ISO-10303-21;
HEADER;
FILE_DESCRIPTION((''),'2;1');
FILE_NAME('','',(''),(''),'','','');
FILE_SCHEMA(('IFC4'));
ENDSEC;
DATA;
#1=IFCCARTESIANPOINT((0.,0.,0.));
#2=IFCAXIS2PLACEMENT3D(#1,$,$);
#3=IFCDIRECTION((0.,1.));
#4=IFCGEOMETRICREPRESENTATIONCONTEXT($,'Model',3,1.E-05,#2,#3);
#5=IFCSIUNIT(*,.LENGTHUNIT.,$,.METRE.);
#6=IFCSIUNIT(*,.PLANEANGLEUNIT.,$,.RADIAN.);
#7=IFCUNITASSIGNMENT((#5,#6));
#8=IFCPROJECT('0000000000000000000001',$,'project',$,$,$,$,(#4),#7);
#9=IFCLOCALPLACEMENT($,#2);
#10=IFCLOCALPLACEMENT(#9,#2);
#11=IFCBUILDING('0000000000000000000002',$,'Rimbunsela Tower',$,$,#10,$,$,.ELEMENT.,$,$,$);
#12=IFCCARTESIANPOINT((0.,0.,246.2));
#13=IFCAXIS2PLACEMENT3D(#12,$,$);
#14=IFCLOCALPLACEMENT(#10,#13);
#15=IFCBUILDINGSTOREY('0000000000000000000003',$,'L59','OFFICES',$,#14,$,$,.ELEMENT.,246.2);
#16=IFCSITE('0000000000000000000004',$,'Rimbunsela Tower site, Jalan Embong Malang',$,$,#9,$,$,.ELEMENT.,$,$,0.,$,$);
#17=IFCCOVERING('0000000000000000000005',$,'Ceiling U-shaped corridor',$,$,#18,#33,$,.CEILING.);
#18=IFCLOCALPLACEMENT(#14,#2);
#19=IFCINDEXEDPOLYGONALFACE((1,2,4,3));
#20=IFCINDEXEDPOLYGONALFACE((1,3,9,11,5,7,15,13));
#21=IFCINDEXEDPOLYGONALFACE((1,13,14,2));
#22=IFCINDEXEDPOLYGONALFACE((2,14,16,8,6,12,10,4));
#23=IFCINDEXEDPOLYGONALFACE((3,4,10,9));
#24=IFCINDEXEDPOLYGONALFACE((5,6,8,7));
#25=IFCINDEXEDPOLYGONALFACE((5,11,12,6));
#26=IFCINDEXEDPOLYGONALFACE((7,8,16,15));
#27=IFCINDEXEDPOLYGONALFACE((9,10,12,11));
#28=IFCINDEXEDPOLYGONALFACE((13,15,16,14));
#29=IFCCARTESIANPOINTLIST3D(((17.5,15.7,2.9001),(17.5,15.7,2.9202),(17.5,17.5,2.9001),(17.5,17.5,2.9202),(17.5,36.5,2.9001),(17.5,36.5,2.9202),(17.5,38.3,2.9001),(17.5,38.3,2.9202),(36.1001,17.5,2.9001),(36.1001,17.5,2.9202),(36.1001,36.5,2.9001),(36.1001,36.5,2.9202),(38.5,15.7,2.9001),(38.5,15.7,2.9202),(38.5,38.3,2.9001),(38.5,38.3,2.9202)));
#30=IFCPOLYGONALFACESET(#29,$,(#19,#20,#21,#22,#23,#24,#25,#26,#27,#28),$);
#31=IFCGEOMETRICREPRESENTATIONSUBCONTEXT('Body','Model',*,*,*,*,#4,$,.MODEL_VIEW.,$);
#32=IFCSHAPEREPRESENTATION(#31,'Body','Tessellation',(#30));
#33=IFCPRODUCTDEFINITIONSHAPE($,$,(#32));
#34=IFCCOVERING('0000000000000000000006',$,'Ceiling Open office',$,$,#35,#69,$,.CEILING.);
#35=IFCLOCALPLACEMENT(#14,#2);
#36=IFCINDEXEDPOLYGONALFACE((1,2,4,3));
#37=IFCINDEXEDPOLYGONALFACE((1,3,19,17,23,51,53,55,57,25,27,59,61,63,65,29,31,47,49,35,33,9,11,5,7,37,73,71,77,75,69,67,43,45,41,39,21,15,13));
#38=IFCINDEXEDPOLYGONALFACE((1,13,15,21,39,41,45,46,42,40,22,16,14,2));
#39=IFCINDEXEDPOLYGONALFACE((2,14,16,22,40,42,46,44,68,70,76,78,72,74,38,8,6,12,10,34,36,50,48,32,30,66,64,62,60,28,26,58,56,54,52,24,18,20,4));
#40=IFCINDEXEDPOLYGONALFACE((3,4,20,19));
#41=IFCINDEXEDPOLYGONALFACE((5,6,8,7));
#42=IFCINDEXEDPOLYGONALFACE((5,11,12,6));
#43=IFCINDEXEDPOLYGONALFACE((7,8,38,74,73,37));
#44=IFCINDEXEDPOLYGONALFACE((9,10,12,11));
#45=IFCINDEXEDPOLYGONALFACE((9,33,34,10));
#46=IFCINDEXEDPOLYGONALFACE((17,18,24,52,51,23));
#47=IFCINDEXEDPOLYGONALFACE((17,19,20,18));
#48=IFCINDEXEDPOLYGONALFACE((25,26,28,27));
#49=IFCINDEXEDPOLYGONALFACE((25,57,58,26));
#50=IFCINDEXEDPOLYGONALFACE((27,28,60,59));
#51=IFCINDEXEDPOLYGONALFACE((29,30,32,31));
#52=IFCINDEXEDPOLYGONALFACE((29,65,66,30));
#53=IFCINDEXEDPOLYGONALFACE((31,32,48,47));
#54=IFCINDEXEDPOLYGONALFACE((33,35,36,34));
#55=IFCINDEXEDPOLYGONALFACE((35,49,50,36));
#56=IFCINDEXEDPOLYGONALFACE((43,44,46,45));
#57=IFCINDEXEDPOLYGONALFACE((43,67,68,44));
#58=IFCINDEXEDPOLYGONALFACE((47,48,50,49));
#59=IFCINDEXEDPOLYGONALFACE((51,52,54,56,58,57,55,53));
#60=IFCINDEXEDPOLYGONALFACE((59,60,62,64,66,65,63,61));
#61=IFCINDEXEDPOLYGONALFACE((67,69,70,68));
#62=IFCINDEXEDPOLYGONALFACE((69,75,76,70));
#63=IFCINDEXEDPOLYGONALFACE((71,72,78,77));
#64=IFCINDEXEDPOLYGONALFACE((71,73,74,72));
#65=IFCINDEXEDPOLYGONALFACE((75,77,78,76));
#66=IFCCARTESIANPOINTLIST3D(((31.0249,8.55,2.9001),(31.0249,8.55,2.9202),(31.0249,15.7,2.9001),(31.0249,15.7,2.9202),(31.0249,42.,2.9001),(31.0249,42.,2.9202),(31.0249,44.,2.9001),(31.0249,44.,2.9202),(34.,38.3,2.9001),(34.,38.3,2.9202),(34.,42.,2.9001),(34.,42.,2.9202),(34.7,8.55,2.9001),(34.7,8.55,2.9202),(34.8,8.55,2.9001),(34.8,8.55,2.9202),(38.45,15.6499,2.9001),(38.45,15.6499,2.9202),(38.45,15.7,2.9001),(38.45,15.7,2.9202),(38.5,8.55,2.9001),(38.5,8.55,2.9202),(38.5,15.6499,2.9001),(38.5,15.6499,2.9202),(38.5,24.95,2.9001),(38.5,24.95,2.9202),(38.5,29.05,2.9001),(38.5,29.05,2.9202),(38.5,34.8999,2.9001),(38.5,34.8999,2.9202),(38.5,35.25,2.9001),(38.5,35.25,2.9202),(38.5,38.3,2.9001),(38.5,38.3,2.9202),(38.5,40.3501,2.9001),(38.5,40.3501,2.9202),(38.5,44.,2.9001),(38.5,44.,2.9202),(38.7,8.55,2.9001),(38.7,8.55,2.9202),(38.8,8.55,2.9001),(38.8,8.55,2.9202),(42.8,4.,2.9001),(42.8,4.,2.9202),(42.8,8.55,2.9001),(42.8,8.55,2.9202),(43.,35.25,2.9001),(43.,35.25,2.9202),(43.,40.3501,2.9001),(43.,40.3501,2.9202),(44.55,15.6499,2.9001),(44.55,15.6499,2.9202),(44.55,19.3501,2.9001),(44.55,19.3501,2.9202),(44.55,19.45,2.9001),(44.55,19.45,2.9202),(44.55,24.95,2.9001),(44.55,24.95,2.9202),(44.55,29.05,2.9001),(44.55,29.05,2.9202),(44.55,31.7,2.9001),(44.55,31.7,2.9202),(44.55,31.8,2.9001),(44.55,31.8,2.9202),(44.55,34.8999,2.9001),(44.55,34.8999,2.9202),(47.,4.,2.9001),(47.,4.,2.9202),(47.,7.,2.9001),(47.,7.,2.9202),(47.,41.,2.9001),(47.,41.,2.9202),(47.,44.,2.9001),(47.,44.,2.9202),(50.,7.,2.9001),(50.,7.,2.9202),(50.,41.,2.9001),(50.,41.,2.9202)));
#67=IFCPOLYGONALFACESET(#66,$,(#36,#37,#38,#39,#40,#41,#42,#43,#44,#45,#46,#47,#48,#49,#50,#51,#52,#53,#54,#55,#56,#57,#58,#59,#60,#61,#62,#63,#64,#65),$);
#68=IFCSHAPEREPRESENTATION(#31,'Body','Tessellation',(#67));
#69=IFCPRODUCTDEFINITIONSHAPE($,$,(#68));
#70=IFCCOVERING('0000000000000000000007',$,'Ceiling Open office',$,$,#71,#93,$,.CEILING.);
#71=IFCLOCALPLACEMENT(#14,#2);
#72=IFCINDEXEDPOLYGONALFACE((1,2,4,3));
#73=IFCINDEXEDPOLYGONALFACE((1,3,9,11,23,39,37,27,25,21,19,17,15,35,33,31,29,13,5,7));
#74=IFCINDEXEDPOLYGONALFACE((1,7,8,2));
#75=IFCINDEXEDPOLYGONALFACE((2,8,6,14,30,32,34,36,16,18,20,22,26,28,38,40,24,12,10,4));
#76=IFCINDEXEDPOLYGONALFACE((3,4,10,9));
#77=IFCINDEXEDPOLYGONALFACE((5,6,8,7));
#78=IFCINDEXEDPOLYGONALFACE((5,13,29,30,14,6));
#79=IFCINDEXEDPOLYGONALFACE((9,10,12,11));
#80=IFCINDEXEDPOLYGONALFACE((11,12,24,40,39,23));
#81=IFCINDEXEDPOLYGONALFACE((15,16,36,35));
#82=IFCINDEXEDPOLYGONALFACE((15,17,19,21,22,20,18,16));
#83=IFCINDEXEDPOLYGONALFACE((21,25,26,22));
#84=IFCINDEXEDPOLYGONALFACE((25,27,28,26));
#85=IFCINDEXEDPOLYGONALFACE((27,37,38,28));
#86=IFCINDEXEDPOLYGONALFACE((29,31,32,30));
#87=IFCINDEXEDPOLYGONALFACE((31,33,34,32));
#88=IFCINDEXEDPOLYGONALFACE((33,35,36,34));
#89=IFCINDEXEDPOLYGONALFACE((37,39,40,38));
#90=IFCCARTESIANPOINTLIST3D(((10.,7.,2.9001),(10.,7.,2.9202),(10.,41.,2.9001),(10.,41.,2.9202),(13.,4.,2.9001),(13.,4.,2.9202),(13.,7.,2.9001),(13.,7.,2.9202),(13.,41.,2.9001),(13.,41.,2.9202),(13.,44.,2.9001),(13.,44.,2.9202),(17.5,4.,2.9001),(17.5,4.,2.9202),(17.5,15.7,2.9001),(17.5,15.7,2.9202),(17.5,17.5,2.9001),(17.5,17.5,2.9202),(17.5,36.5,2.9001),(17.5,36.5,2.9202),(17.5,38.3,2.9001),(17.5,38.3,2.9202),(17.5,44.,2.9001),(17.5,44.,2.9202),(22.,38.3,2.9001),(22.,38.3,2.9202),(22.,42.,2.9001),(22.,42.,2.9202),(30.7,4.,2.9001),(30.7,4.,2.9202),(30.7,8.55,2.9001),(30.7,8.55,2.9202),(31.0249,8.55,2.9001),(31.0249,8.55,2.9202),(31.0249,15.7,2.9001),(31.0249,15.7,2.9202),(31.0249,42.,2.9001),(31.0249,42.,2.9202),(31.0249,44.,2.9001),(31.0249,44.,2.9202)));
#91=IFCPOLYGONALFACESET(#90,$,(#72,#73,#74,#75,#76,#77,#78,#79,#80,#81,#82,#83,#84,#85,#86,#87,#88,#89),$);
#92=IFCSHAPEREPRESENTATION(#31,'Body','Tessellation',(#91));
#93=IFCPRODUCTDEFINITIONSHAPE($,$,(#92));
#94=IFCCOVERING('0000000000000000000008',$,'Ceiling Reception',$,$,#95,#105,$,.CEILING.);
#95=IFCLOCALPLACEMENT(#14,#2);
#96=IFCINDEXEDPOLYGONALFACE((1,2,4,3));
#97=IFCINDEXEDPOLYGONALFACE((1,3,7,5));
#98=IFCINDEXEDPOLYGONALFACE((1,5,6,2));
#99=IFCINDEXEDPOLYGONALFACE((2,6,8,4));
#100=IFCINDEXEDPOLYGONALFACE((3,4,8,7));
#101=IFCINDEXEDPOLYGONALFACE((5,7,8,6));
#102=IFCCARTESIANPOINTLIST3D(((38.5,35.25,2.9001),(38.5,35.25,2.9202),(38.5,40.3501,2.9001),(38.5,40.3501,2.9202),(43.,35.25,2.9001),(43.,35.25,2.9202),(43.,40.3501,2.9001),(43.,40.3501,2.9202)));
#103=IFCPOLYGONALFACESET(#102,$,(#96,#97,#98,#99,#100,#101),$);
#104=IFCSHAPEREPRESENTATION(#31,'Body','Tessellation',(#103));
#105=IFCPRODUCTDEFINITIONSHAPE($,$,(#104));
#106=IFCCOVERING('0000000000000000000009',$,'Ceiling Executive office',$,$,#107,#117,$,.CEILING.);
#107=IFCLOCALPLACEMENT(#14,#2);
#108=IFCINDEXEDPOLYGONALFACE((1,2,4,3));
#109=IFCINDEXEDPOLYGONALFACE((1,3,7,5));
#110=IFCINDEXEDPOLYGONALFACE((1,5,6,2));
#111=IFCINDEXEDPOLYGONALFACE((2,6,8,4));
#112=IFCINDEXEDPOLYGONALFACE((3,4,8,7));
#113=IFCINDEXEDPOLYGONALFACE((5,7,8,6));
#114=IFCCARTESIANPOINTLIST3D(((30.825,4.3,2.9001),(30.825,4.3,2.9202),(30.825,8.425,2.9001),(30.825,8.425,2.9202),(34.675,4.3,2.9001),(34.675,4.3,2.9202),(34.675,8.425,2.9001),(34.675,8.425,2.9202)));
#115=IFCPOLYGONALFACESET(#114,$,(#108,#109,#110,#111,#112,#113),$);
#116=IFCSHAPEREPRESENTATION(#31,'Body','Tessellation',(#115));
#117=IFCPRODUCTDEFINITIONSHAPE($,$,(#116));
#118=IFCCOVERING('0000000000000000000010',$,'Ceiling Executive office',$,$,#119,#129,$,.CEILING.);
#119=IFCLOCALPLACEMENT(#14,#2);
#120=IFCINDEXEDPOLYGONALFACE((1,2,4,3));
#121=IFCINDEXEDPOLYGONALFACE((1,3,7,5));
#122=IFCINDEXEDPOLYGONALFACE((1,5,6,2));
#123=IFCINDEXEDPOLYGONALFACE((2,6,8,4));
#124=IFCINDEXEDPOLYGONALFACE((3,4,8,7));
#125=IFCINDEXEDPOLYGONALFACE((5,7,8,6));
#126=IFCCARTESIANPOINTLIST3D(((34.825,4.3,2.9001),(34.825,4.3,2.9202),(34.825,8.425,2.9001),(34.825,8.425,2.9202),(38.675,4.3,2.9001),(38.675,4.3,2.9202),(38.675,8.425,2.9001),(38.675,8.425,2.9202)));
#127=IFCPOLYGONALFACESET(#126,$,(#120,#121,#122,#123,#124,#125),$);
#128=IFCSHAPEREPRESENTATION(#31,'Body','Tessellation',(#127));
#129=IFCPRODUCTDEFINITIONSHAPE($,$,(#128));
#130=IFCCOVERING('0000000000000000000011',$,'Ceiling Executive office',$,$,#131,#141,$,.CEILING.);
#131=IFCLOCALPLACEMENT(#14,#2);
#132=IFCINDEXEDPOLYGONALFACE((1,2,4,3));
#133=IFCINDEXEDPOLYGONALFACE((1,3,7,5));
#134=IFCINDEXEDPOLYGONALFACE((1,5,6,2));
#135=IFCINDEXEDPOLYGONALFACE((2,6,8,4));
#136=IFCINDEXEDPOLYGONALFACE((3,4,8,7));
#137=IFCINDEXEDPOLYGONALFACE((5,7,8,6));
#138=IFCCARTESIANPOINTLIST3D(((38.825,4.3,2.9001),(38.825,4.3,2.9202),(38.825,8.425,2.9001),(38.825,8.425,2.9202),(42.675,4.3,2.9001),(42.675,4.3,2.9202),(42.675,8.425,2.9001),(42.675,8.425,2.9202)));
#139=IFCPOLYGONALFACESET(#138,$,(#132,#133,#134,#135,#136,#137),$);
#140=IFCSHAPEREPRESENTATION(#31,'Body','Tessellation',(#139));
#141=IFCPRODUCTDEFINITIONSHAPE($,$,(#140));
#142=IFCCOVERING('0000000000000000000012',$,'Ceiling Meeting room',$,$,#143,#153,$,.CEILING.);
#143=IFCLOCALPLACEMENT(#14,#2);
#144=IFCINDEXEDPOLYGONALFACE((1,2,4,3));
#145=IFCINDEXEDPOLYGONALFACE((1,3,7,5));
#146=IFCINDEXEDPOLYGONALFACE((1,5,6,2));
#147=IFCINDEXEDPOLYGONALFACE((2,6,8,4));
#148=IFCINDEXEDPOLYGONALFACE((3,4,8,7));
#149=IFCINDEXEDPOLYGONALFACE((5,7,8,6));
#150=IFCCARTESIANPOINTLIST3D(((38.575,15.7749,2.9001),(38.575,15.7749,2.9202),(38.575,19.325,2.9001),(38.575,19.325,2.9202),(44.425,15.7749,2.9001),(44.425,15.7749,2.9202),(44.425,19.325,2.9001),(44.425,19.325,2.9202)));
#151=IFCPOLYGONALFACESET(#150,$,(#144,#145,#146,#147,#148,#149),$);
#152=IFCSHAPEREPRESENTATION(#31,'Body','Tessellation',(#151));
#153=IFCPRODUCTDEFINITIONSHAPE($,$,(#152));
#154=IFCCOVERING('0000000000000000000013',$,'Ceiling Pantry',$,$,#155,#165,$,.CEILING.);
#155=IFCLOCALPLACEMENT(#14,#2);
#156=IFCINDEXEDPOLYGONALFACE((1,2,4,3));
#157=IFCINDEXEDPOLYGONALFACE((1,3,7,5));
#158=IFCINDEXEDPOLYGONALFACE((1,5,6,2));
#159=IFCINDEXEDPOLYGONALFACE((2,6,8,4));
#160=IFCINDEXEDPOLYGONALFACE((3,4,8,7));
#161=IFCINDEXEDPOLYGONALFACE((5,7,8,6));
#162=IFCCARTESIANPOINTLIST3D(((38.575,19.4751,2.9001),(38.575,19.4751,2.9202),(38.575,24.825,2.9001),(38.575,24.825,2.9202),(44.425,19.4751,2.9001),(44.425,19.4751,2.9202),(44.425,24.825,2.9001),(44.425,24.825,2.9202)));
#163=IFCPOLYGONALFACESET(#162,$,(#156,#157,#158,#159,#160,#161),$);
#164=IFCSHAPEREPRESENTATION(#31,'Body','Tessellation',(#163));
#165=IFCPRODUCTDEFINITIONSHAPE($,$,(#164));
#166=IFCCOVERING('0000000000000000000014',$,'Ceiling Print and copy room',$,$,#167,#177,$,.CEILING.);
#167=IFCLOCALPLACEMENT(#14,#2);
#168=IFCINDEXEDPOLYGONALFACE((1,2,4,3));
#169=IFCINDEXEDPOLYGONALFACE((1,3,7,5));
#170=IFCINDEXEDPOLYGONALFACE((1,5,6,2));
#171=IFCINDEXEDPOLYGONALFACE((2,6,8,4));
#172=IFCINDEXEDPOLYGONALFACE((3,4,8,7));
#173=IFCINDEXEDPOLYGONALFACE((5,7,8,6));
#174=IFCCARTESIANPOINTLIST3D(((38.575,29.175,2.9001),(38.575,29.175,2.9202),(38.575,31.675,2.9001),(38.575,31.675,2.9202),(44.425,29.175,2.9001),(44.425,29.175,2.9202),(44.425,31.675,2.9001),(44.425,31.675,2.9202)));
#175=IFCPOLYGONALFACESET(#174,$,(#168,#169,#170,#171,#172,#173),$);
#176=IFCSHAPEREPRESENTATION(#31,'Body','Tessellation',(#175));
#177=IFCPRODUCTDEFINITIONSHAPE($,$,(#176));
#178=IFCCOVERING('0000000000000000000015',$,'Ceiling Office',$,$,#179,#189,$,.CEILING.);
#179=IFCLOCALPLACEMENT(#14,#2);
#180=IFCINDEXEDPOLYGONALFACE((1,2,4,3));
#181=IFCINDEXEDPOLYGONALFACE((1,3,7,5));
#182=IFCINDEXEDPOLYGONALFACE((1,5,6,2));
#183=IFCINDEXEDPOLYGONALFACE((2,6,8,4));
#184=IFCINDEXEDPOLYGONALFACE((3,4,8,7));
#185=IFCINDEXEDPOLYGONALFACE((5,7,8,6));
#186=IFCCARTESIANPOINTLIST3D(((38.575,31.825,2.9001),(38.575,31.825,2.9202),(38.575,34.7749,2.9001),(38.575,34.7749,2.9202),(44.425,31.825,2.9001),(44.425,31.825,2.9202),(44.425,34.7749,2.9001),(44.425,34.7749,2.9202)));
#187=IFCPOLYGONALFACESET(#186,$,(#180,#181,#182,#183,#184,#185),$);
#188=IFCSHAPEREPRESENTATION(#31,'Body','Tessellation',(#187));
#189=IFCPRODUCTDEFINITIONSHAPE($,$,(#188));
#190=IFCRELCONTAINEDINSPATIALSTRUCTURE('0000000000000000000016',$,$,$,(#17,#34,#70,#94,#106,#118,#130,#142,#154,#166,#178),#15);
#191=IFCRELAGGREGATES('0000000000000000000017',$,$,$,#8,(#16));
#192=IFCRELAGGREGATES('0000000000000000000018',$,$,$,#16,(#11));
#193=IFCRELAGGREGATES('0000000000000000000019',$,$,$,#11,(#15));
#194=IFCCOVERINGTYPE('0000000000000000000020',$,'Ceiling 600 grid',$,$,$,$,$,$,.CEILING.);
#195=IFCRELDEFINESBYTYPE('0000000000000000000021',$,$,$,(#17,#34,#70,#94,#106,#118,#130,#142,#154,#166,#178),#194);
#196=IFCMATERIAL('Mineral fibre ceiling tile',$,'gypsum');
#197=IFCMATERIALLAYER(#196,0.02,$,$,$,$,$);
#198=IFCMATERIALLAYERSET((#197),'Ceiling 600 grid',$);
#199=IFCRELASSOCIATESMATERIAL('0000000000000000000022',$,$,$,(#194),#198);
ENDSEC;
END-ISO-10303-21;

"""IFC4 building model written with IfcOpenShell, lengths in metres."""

from ifc_helpers import new_model, si_unit, direction, frame, origin, place, context, subcontext, project, spatial, polyline, outline, extrude, material, layer, layer_set, type_object, element, save


model = new_model("IFC4")

# Units and contexts
model_context = context("Model", 3, precision=1e-05, world=origin(), true_north=direction((0.0, 1.0)))
body_context = subcontext(model_context, "Body", "Model", "MODEL_VIEW")
ifc_project = project(units=[si_unit("LENGTHUNIT", "METRE"), si_unit("PLANEANGLEUNIT", "RADIAN")], contexts=[model_context])

# Site, building, storey
site_placement = place(None, origin())
site = spatial("IfcSite", under=ifc_project, at=site_placement, Name="Rimbunsela Tower site, Jalan Embong Malang", CompositionType="ELEMENT", RefElevation=0.0)
building_placement = place(site_placement, origin())
building = spatial("IfcBuilding", under=site, at=building_placement, Name="Rimbunsela Tower", CompositionType="ELEMENT")
storey_placement = place(building_placement, frame((0.0, 0.0, 246.2)))
storey = spatial("IfcBuildingStorey", under=building, at=storey_placement, Name="L59", Description="OFFICES", CompositionType="ELEMENT", Elevation=246.2)

# Coverings
ifc_material_1 = material(Name="Mineral fibre ceiling tile", Category="gypsum")
ifc_layer_1 = layer(ifc_material_1, 0.02)
ifc_layer_set_1 = layer_set([ifc_layer_1], Name="Ceiling 600 grid")
covering_type_1 = type_object("IfcCoveringType", Name="Ceiling 600 grid", PredefinedType="CEILING", material=ifc_layer_set_1)
covering_1_placement = place(storey_placement, frame((0.0, 0.0, 2.9001)))
element("IfcCovering", 1, at=covering_1_placement, inside=storey, type_object=covering_type_1, Name="Ceiling U-shaped corridor", PredefinedType="CEILING", context=body_context, shape_type="SweptSolid", body=[
    extrude(outline(polyline([(38.5, 38.3), (38.5, 15.7), (17.5, 15.7), (17.5, 17.5), (36.1001, 17.5), (36.1001, 36.5), (17.5, 36.5), (17.5, 38.3), (38.5, 38.3)])), origin(), (0.0, 0.0, 1.0), 0.02),
])
covering_2_placement = place(storey_placement, frame((0.0, 0.0, 2.9001)))
element("IfcCovering", 2, at=covering_2_placement, inside=storey, type_object=covering_type_1, Name="Ceiling Open office", PredefinedType="CEILING", context=body_context, shape_type="SweptSolid", body=[
    extrude(outline(polyline([(31.0249, 44.0), (38.5, 44.0), (47.0, 44.0), (47.0, 41.0), (50.0, 41.0), (50.0, 7.0), (47.0, 7.0), (47.0, 4.0), (42.8, 4.0), (42.8, 8.55), (38.8, 8.55), (38.7, 8.55), (38.5, 8.55), (34.8, 8.55), (34.7, 8.55), (31.0249, 8.55), (31.0249, 15.7), (38.45, 15.7), (38.45, 15.6499), (38.5, 15.6499), (44.55, 15.6499), (44.55, 19.3501), (44.55, 19.45), (44.55, 24.95), (38.5, 24.95), (38.5, 29.05), (44.55, 29.05), (44.55, 31.7), (44.55, 31.8), (44.55, 34.8999), (38.5, 34.8999), (38.5, 35.25), (43.0, 35.25), (43.0, 40.3501), (38.5, 40.3501), (38.5, 38.3), (34.0, 38.3), (34.0, 42.0), (31.0249, 42.0), (31.0249, 44.0)])), origin(), (0.0, 0.0, 1.0), 0.02),
])
covering_3_placement = place(storey_placement, frame((0.0, 0.0, 2.9001)))
element("IfcCovering", 3, at=covering_3_placement, inside=storey, type_object=covering_type_1, Name="Ceiling Open office", PredefinedType="CEILING", context=body_context, shape_type="SweptSolid", body=[
    extrude(outline(polyline([(30.7, 4.0), (17.5, 4.0), (13.0, 4.0), (13.0, 7.0), (10.0, 7.0), (10.0, 41.0), (13.0, 41.0), (13.0, 44.0), (17.5, 44.0), (31.0249, 44.0), (31.0249, 42.0), (22.0, 42.0), (22.0, 38.3), (17.5, 38.3), (17.5, 36.5), (17.5, 17.5), (17.5, 15.7), (31.0249, 15.7), (31.0249, 8.55), (30.7, 8.55), (30.7, 4.0)])), origin(), (0.0, 0.0, 1.0), 0.02),
])
covering_4_placement = place(storey_placement, frame((0.0, 0.0, 2.9001)))
element("IfcCovering", 4, at=covering_4_placement, inside=storey, type_object=covering_type_1, Name="Ceiling Reception", PredefinedType="CEILING", context=body_context, shape_type="SweptSolid", body=[
    extrude(outline(polyline([(43.0, 35.25), (43.0, 40.3501), (38.5, 40.3501), (38.5, 35.25), (43.0, 35.25)])), origin(), (0.0, 0.0, 1.0), 0.02),
])
covering_5_placement = place(storey_placement, frame((0.0, 0.0, 2.9001)))
element("IfcCovering", 5, at=covering_5_placement, inside=storey, type_object=covering_type_1, Name="Ceiling Executive office", PredefinedType="CEILING", context=body_context, shape_type="SweptSolid", body=[
    extrude(outline(polyline([(34.675, 4.3), (34.675, 8.425), (30.825, 8.425), (30.825, 4.3), (34.675, 4.3)])), origin(), (0.0, 0.0, 1.0), 0.02),
])
covering_6_placement = place(storey_placement, frame((0.0, 0.0, 2.9001)))
element("IfcCovering", 6, at=covering_6_placement, inside=storey, type_object=covering_type_1, Name="Ceiling Executive office", PredefinedType="CEILING", context=body_context, shape_type="SweptSolid", body=[
    extrude(outline(polyline([(38.675, 4.3), (38.675, 8.425), (34.825, 8.425), (34.825, 4.3), (38.675, 4.3)])), origin(), (0.0, 0.0, 1.0), 0.02),
])
covering_7_placement = place(storey_placement, frame((0.0, 0.0, 2.9001)))
element("IfcCovering", 7, at=covering_7_placement, inside=storey, type_object=covering_type_1, Name="Ceiling Executive office", PredefinedType="CEILING", context=body_context, shape_type="SweptSolid", body=[
    extrude(outline(polyline([(42.675, 4.3), (42.675, 8.425), (38.825, 8.425), (38.825, 4.3), (42.675, 4.3)])), origin(), (0.0, 0.0, 1.0), 0.02),
])
covering_8_placement = place(storey_placement, frame((0.0, 0.0, 2.9001)))
element("IfcCovering", 8, at=covering_8_placement, inside=storey, type_object=covering_type_1, Name="Ceiling Meeting room", PredefinedType="CEILING", context=body_context, shape_type="SweptSolid", body=[
    extrude(outline(polyline([(44.425, 15.7749), (44.425, 19.325), (38.575, 19.325), (38.575, 15.7749), (44.425, 15.7749)])), origin(), (0.0, 0.0, 1.0), 0.02),
])
covering_9_placement = place(storey_placement, frame((0.0, 0.0, 2.9001)))
element("IfcCovering", 9, at=covering_9_placement, inside=storey, type_object=covering_type_1, Name="Ceiling Pantry", PredefinedType="CEILING", context=body_context, shape_type="SweptSolid", body=[
    extrude(outline(polyline([(44.425, 19.4751), (44.425, 24.825), (38.575, 24.825), (38.575, 19.4751), (44.425, 19.4751)])), origin(), (0.0, 0.0, 1.0), 0.02),
])
covering_10_placement = place(storey_placement, frame((0.0, 0.0, 2.9001)))
element("IfcCovering", 10, at=covering_10_placement, inside=storey, type_object=covering_type_1, Name="Ceiling Print and copy room", PredefinedType="CEILING", context=body_context, shape_type="SweptSolid", body=[
    extrude(outline(polyline([(44.425, 29.175), (44.425, 31.675), (38.575, 31.675), (38.575, 29.175), (44.425, 29.175)])), origin(), (0.0, 0.0, 1.0), 0.02),
])
covering_11_placement = place(storey_placement, frame((0.0, 0.0, 2.9001)))
element("IfcCovering", 11, at=covering_11_placement, inside=storey, type_object=covering_type_1, Name="Ceiling Office", PredefinedType="CEILING", context=body_context, shape_type="SweptSolid", body=[
    extrude(outline(polyline([(44.425, 31.825), (44.425, 34.7749), (38.575, 34.7749), (38.575, 31.825), (44.425, 31.825)])), origin(), (0.0, 0.0, 1.0), 0.02),
])

save(model, "model.ifc")
